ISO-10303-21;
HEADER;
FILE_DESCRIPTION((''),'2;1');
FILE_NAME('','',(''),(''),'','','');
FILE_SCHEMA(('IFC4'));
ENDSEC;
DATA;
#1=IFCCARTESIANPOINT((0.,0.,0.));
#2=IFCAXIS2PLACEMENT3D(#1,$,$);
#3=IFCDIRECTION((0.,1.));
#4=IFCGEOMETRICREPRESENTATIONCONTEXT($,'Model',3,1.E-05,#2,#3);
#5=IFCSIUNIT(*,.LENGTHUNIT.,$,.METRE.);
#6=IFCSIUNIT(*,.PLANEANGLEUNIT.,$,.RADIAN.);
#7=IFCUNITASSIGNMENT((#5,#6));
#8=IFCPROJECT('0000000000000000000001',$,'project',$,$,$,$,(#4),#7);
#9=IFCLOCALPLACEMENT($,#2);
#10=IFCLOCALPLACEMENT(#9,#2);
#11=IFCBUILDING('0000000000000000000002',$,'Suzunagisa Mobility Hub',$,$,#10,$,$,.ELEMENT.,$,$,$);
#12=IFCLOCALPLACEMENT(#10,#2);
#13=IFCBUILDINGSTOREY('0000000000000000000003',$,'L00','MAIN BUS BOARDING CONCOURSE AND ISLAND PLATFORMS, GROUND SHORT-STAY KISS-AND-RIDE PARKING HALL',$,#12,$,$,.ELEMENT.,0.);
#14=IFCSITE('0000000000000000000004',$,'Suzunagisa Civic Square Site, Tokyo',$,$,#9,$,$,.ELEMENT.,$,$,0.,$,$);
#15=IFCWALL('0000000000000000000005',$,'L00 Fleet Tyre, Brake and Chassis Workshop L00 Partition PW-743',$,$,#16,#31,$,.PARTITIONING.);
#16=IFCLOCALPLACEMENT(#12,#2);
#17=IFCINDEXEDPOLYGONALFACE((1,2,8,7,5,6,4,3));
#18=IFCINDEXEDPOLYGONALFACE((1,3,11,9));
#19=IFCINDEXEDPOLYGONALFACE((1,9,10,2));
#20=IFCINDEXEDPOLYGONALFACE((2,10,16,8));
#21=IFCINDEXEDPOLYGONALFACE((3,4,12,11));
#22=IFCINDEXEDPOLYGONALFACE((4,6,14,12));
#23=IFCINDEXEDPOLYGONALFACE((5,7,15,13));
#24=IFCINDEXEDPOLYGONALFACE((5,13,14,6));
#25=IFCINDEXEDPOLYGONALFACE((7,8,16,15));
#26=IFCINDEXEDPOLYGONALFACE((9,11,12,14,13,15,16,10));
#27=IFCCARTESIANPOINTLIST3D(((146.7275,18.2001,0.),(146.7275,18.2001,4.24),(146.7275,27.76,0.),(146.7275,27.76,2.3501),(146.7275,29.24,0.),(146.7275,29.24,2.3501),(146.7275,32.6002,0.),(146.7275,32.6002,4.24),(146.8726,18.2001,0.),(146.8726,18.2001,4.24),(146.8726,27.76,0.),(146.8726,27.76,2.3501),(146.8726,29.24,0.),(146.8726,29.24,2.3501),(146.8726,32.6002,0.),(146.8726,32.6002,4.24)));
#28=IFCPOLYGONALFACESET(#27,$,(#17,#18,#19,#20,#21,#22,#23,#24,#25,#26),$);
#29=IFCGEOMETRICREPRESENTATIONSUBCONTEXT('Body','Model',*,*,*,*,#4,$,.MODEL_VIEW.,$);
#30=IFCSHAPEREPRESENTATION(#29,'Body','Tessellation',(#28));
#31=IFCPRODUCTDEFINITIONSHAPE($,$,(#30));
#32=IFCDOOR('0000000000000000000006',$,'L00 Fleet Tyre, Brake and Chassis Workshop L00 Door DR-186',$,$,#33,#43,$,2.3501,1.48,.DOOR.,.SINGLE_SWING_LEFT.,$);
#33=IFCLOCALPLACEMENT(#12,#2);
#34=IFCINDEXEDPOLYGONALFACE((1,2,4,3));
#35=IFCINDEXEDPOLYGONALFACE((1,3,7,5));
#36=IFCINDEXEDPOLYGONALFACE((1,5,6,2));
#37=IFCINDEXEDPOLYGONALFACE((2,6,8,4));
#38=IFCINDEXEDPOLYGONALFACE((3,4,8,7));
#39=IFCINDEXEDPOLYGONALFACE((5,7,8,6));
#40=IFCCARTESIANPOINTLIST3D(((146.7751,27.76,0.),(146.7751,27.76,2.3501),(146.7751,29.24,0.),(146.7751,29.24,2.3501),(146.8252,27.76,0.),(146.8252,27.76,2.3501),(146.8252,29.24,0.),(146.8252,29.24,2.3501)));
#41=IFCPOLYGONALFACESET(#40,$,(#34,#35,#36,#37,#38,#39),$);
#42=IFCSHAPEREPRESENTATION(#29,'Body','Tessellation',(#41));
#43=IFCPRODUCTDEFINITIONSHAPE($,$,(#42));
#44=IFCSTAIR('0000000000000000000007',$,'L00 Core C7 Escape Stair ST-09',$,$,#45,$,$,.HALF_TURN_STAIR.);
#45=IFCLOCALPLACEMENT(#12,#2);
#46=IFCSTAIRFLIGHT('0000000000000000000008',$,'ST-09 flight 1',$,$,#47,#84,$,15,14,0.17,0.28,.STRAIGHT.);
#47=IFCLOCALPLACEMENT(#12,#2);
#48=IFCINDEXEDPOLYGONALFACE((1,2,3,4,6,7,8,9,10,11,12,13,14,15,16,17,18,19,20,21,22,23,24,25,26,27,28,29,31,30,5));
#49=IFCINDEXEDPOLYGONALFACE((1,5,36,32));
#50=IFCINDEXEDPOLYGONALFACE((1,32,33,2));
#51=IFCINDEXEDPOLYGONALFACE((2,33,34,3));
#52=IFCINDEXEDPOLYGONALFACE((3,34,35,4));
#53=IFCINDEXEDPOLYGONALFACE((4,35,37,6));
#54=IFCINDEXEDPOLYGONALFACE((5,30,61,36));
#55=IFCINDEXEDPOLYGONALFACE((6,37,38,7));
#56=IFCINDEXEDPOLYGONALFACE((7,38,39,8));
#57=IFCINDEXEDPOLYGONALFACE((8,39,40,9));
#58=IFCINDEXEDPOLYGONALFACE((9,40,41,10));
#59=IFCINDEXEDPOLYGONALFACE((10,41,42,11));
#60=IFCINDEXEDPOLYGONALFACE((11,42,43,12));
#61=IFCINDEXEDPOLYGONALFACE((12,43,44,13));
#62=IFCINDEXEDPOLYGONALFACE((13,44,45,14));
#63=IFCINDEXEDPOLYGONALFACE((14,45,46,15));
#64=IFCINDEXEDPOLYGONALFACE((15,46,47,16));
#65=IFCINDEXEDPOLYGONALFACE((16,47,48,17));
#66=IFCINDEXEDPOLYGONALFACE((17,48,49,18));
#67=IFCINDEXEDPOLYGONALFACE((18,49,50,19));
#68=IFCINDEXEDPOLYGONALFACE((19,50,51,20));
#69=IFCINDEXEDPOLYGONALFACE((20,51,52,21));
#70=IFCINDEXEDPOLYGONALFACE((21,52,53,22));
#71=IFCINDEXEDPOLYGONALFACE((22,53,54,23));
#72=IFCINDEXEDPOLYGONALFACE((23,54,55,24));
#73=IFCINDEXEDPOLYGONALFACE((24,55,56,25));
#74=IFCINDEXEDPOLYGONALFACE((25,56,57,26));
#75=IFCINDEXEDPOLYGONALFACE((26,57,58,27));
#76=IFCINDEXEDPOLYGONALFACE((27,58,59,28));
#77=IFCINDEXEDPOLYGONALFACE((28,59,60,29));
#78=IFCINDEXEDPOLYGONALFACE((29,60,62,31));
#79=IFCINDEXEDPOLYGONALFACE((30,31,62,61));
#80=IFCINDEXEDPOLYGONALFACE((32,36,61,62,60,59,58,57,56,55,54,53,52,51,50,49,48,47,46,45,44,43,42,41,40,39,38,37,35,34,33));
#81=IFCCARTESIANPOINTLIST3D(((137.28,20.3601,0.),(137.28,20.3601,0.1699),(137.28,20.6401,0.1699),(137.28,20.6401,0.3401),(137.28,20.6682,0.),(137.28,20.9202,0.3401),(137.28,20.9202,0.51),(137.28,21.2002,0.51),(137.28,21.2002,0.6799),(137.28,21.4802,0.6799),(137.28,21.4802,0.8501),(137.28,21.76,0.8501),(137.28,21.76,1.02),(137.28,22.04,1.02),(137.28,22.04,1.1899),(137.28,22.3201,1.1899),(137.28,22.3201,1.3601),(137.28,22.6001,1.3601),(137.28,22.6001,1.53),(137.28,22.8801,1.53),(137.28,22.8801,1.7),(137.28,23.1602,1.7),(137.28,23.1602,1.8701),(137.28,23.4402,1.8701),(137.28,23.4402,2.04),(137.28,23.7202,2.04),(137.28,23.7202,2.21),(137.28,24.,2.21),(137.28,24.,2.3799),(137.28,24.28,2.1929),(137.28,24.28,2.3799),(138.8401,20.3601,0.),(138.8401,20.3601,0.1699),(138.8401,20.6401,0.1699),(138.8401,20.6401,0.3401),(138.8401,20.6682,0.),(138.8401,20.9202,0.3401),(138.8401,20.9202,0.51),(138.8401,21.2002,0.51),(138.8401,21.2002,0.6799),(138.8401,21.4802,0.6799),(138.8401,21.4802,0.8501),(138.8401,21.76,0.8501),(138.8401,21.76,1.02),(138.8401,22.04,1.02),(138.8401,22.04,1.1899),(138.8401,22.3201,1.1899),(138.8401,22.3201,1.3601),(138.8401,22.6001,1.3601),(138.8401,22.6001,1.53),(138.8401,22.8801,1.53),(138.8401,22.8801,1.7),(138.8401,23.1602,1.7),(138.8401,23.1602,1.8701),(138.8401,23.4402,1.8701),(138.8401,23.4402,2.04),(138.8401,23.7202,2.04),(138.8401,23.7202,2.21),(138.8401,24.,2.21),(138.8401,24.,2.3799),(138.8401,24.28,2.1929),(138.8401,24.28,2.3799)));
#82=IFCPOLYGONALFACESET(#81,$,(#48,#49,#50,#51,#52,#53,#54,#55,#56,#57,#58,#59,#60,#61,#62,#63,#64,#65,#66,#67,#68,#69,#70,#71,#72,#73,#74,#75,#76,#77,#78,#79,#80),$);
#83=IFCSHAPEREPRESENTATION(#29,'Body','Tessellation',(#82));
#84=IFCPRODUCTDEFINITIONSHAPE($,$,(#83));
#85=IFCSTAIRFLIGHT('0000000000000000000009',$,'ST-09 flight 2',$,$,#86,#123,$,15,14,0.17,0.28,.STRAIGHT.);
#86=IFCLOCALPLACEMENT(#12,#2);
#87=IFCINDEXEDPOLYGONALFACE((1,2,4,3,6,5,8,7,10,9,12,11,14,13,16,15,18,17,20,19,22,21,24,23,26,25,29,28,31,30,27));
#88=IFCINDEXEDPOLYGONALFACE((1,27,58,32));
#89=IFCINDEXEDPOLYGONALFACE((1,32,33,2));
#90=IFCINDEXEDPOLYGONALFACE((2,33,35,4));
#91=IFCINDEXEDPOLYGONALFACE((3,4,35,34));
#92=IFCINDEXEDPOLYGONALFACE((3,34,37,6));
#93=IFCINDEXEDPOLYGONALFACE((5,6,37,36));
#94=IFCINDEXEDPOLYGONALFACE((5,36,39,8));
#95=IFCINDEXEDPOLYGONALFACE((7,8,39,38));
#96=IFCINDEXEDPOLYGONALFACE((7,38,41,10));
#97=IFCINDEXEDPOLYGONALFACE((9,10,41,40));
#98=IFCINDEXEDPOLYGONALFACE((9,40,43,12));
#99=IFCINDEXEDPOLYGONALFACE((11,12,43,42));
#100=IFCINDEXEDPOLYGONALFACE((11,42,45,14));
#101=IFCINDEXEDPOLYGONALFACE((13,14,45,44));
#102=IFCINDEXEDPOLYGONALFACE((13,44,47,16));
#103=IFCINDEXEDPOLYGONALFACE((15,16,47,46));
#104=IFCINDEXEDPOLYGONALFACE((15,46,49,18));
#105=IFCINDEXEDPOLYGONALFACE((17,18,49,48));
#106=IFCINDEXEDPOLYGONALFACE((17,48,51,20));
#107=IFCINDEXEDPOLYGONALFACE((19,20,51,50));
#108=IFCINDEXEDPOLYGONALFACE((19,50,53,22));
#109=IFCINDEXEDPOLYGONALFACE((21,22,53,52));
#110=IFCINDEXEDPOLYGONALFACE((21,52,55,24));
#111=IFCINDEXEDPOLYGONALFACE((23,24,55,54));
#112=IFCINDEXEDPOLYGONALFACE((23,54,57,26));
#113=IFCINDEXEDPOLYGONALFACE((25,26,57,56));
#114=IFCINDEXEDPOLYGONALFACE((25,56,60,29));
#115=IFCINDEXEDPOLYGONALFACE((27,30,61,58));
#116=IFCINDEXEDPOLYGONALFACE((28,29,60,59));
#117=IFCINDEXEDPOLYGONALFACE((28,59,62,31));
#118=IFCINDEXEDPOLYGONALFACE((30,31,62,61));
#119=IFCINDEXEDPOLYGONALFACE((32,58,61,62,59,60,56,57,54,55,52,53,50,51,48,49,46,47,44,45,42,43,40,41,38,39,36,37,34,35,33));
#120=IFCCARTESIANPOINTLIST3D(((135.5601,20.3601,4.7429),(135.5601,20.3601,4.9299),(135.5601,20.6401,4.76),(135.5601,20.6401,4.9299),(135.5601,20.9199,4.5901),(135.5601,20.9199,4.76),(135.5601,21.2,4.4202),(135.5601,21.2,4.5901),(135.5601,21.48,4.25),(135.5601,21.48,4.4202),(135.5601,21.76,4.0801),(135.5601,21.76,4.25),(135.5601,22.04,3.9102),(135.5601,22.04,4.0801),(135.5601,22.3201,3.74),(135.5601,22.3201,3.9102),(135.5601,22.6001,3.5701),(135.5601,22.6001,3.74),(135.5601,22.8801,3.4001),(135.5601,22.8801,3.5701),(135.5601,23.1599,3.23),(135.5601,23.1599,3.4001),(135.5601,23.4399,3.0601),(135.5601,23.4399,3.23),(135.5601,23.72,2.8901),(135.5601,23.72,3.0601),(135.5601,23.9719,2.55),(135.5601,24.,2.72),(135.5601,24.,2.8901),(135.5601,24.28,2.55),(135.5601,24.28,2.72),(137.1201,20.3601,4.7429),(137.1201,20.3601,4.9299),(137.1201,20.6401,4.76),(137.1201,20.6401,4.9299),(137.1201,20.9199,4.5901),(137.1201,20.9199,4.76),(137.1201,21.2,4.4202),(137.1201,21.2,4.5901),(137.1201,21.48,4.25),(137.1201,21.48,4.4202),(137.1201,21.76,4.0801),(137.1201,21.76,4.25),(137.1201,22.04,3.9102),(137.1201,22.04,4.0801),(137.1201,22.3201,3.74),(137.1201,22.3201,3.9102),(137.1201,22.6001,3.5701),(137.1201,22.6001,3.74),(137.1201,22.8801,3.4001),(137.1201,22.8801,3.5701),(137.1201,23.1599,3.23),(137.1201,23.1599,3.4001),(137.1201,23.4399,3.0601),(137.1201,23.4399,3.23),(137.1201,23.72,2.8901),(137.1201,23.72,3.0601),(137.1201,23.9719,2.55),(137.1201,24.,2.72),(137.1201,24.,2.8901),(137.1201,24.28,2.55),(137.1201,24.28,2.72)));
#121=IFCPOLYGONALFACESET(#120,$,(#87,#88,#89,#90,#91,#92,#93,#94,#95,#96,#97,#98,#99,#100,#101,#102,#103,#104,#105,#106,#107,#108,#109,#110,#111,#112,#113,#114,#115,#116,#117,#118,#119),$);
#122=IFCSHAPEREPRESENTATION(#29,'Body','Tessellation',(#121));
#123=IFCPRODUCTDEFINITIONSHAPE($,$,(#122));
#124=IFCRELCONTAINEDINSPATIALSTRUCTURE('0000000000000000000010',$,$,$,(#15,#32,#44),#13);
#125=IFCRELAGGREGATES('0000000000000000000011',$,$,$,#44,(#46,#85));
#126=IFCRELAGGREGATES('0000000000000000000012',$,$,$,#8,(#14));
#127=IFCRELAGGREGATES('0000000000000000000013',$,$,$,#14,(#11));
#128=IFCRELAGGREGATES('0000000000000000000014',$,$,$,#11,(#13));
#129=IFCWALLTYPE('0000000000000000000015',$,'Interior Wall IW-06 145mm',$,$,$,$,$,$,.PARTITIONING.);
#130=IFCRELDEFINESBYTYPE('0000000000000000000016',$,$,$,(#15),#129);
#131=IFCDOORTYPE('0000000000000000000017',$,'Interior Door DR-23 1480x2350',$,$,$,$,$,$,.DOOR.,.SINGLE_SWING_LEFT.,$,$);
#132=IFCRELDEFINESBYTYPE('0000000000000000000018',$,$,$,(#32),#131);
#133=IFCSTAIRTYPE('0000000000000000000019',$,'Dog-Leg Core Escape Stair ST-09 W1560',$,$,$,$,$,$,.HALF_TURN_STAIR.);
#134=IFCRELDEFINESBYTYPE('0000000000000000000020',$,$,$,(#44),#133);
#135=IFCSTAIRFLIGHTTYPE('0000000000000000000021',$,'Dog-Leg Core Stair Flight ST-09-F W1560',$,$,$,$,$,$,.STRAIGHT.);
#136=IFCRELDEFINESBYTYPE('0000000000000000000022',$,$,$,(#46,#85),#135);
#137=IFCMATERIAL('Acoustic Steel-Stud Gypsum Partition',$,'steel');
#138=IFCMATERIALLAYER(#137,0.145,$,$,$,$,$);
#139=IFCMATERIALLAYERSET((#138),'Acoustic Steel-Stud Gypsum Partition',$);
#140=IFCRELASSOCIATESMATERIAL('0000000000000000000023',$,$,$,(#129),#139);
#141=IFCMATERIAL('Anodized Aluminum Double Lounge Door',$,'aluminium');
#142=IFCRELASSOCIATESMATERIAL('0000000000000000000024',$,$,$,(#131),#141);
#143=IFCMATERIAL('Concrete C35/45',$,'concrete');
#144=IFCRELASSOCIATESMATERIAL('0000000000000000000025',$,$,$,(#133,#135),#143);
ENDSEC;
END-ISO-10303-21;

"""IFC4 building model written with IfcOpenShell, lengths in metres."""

from ifc_helpers import new_model, si_unit, direction, frame, frame_2d, origin, place, context, subcontext, project, spatial, polyline, rectangle, outline, extrude, material, layer, layer_set, type_object, element, fill, aggregate, save


model = new_model("IFC4")

# Units and contexts
model_context = context("Model", 3, precision=1e-05, world=origin(), true_north=direction((0.0, 1.0)))
body_context = subcontext(model_context, "Body", "Model", "MODEL_VIEW")
ifc_project = project(units=[si_unit("LENGTHUNIT", "METRE"), si_unit("PLANEANGLEUNIT", "RADIAN")], contexts=[model_context])

# Site, building, storey
site_placement = place(None, origin())
site = spatial("IfcSite", under=ifc_project, at=site_placement, Name="Suzunagisa Civic Square Site, Tokyo", CompositionType="ELEMENT", RefElevation=0.0)
building_placement = place(site_placement, origin())
building = spatial("IfcBuilding", under=site, at=building_placement, Name="Suzunagisa Mobility Hub", CompositionType="ELEMENT")
storey_placement = place(building_placement, origin())
storey = spatial("IfcBuildingStorey", under=building, at=storey_placement, Name="L00", Description="MAIN BUS BOARDING CONCOURSE AND ISLAND PLATFORMS, GROUND SHORT-STAY KISS-AND-RIDE PARKING HALL", CompositionType="ELEMENT", Elevation=0.0)

# Shared definitions
ifc_material_1 = material(Name="Concrete C35/45", Category="concrete")

# Shared definitions
ifc_material_2 = material(Name="Acoustic Steel-Stud Gypsum Partition", Category="steel")
ifc_layer_1 = layer(ifc_material_2, 0.145)
ifc_layer_set_1 = layer_set([ifc_layer_1], Name="Acoustic Steel-Stud Gypsum Partition")
wall_type_1 = type_object("IfcWallType", Name="Interior Wall IW-06 145mm", PredefinedType="PARTITIONING", material=ifc_layer_set_1)

# Wall, opening, door
wall_1_placement = place(storey_placement, frame((146.8, 18.2, 0.0), z_axis=(0.0, 0.0, 1.0), x_axis=(0.0, 1.0, 0.0)))
wall_1 = element("IfcWall", 1, at=wall_1_placement, inside=storey, type_object=wall_type_1, Name="L00 Fleet Tyre, Brake and Chassis Workshop L00 Partition PW-743", PredefinedType="PARTITIONING", context=body_context, shape_type="SweptSolid", body=[
    extrude(rectangle(XDim=14.4001, YDim=0.145, at=frame_2d((7.2002, 0.0))), origin(), (0.0, 0.0, 1.0), 4.24),
])
opening_1_placement = place(wall_1_placement, frame((9.5601, 0.0, 0.0)))
opening_1 = element("IfcOpeningElement", 2, at=opening_1_placement, cuts=wall_1, PredefinedType="OPENING", context=body_context, shape_type="SweptSolid", body=[
    extrude(rectangle(XDim=1.48, YDim=2.3501, at=frame_2d((0.74, 1.175))), frame((0.0, 0.0835, 0.0), z_axis=(0.0, -1.0, 0.0), x_axis=(1.0, 0.0, 0.0)), (0.0, 0.0, 1.0), 0.167),
])
ifc_material_3 = material(Name="Anodized Aluminum Double Lounge Door", Category="aluminium")
door_type_1 = type_object("IfcDoorType", Name="Interior Door DR-23 1480x2350", OperationType="SINGLE_SWING_LEFT", PredefinedType="DOOR", material=ifc_material_3)
door_1_placement = place(opening_1_placement, origin())
door_1 = element("IfcDoor", 3, at=door_1_placement, inside=storey, type_object=door_type_1, Name="L00 Fleet Tyre, Brake and Chassis Workshop L00 Door DR-186", OperationType="SINGLE_SWING_LEFT", OverallHeight=2.3501, OverallWidth=1.48, PredefinedType="DOOR", context=body_context, shape_type="SweptSolid", body=[
    extrude(rectangle(XDim=1.48, YDim=2.3501, at=frame_2d((0.74, 1.175))), frame((0.0, 0.0249, 0.0), z_axis=(0.0, -1.0, 0.0), x_axis=(1.0, 0.0, 0.0)), (0.0, 0.0, 1.0), 0.05),
])
fill(opening_1, door_1)

# Stair, stair flights
stair_type = type_object("IfcStairType", Name="Dog-Leg Core Escape Stair ST-09 W1560", PredefinedType="HALF_TURN_STAIR", material=ifc_material_1)
stair_placement = place(storey_placement, origin())
stair = element("IfcStair", 4, at=stair_placement, inside=storey, type_object=stair_type, Name="L00 Core C7 Escape Stair ST-09", PredefinedType="HALF_TURN_STAIR")
stair_flight_type = type_object("IfcStairFlightType", Name="Dog-Leg Core Stair Flight ST-09-F W1560", PredefinedType="STRAIGHT", material=ifc_material_1)
stair_flight_1_placement = place(storey_placement, frame((138.0601, 20.3601, 0.0), z_axis=(0.0, 0.0, 1.0), x_axis=(0.0, 1.0, 0.0)))
stair_flight_1 = element("IfcStairFlight", 5, at=stair_flight_1_placement, type_object=stair_flight_type, Name="ST-09 flight 1", NumberOfRisers=15, NumberOfTreads=14, PredefinedType="STRAIGHT", RiserHeight=0.17, TreadLength=0.28, context=body_context, shape_type="SweptSolid", body=[
    extrude(outline(polyline([(0.0, 0.0), (0.0, 0.1699), (0.28, 0.1699), (0.28, 0.3401), (0.5601, 0.3401), (0.5601, 0.51), (0.8401, 0.51), (0.8401, 0.6799), (1.1201, 0.6799), (1.1201, 0.8501), (1.3999, 0.8501), (1.3999, 1.02), (1.6799, 1.02), (1.6799, 1.1899), (1.96, 1.1899), (1.96, 1.3601), (2.24, 1.3601), (2.24, 1.53), (2.52, 1.53), (2.52, 1.7), (2.8, 1.7), (2.8, 1.8701), (3.0801, 1.8701), (3.0801, 2.04), (3.3601, 2.04), (3.3601, 2.21), (3.6399, 2.21), (3.6399, 2.3799), (3.9199, 2.3799), (3.9199, 2.55), (3.9199, 2.1929), (0.3081, 0.0), (0.0, 0.0)])), frame((0.0, 0.78, 0.0), z_axis=(0.0, -1.0, 0.0), x_axis=(1.0, 0.0, 0.0)), (0.0, 0.0, 1.0), 1.5601),
])
stair_flight_2_placement = place(storey_placement, frame((136.3401, 24.28, 2.55), z_axis=(0.0, 0.0, 1.0), x_axis=(0.0, -1.0, 0.0)))
stair_flight_2 = element("IfcStairFlight", 6, at=stair_flight_2_placement, type_object=stair_flight_type, Name="ST-09 flight 2", NumberOfRisers=15, NumberOfTreads=14, PredefinedType="STRAIGHT", RiserHeight=0.17, TreadLength=0.28, context=body_context, shape_type="SweptSolid", body=[
    extrude(outline(polyline([(0.0, 0.0), (0.0, 0.1699), (0.28, 0.1699), (0.28, 0.3401), (0.5601, 0.3401), (0.5601, 0.51), (0.8401, 0.51), (0.8401, 0.6799), (1.1201, 0.6799), (1.1201, 0.8501), (1.3999, 0.8501), (1.3999, 1.02), (1.6799, 1.02), (1.6799, 1.1899), (1.96, 1.1899), (1.96, 1.3601), (2.24, 1.3601), (2.24, 1.53), (2.52, 1.53), (2.52, 1.7), (2.8, 1.7), (2.8, 1.8701), (3.0801, 1.8701), (3.0801, 2.04), (3.3601, 2.04), (3.3601, 2.21), (3.6399, 2.21), (3.6399, 2.3799), (3.9199, 2.3799), (3.9199, 2.55), (3.9199, 2.1929), (0.3081, 0.0), (0.0, 0.0)])), frame((0.0, 0.78, 0.0), z_axis=(0.0, -1.0, 0.0), x_axis=(1.0, 0.0, 0.0)), (0.0, 0.0, 1.0), 1.5601),
])
aggregate(stair, [stair_flight_1, stair_flight_2])

save(model, "model.ifc")
